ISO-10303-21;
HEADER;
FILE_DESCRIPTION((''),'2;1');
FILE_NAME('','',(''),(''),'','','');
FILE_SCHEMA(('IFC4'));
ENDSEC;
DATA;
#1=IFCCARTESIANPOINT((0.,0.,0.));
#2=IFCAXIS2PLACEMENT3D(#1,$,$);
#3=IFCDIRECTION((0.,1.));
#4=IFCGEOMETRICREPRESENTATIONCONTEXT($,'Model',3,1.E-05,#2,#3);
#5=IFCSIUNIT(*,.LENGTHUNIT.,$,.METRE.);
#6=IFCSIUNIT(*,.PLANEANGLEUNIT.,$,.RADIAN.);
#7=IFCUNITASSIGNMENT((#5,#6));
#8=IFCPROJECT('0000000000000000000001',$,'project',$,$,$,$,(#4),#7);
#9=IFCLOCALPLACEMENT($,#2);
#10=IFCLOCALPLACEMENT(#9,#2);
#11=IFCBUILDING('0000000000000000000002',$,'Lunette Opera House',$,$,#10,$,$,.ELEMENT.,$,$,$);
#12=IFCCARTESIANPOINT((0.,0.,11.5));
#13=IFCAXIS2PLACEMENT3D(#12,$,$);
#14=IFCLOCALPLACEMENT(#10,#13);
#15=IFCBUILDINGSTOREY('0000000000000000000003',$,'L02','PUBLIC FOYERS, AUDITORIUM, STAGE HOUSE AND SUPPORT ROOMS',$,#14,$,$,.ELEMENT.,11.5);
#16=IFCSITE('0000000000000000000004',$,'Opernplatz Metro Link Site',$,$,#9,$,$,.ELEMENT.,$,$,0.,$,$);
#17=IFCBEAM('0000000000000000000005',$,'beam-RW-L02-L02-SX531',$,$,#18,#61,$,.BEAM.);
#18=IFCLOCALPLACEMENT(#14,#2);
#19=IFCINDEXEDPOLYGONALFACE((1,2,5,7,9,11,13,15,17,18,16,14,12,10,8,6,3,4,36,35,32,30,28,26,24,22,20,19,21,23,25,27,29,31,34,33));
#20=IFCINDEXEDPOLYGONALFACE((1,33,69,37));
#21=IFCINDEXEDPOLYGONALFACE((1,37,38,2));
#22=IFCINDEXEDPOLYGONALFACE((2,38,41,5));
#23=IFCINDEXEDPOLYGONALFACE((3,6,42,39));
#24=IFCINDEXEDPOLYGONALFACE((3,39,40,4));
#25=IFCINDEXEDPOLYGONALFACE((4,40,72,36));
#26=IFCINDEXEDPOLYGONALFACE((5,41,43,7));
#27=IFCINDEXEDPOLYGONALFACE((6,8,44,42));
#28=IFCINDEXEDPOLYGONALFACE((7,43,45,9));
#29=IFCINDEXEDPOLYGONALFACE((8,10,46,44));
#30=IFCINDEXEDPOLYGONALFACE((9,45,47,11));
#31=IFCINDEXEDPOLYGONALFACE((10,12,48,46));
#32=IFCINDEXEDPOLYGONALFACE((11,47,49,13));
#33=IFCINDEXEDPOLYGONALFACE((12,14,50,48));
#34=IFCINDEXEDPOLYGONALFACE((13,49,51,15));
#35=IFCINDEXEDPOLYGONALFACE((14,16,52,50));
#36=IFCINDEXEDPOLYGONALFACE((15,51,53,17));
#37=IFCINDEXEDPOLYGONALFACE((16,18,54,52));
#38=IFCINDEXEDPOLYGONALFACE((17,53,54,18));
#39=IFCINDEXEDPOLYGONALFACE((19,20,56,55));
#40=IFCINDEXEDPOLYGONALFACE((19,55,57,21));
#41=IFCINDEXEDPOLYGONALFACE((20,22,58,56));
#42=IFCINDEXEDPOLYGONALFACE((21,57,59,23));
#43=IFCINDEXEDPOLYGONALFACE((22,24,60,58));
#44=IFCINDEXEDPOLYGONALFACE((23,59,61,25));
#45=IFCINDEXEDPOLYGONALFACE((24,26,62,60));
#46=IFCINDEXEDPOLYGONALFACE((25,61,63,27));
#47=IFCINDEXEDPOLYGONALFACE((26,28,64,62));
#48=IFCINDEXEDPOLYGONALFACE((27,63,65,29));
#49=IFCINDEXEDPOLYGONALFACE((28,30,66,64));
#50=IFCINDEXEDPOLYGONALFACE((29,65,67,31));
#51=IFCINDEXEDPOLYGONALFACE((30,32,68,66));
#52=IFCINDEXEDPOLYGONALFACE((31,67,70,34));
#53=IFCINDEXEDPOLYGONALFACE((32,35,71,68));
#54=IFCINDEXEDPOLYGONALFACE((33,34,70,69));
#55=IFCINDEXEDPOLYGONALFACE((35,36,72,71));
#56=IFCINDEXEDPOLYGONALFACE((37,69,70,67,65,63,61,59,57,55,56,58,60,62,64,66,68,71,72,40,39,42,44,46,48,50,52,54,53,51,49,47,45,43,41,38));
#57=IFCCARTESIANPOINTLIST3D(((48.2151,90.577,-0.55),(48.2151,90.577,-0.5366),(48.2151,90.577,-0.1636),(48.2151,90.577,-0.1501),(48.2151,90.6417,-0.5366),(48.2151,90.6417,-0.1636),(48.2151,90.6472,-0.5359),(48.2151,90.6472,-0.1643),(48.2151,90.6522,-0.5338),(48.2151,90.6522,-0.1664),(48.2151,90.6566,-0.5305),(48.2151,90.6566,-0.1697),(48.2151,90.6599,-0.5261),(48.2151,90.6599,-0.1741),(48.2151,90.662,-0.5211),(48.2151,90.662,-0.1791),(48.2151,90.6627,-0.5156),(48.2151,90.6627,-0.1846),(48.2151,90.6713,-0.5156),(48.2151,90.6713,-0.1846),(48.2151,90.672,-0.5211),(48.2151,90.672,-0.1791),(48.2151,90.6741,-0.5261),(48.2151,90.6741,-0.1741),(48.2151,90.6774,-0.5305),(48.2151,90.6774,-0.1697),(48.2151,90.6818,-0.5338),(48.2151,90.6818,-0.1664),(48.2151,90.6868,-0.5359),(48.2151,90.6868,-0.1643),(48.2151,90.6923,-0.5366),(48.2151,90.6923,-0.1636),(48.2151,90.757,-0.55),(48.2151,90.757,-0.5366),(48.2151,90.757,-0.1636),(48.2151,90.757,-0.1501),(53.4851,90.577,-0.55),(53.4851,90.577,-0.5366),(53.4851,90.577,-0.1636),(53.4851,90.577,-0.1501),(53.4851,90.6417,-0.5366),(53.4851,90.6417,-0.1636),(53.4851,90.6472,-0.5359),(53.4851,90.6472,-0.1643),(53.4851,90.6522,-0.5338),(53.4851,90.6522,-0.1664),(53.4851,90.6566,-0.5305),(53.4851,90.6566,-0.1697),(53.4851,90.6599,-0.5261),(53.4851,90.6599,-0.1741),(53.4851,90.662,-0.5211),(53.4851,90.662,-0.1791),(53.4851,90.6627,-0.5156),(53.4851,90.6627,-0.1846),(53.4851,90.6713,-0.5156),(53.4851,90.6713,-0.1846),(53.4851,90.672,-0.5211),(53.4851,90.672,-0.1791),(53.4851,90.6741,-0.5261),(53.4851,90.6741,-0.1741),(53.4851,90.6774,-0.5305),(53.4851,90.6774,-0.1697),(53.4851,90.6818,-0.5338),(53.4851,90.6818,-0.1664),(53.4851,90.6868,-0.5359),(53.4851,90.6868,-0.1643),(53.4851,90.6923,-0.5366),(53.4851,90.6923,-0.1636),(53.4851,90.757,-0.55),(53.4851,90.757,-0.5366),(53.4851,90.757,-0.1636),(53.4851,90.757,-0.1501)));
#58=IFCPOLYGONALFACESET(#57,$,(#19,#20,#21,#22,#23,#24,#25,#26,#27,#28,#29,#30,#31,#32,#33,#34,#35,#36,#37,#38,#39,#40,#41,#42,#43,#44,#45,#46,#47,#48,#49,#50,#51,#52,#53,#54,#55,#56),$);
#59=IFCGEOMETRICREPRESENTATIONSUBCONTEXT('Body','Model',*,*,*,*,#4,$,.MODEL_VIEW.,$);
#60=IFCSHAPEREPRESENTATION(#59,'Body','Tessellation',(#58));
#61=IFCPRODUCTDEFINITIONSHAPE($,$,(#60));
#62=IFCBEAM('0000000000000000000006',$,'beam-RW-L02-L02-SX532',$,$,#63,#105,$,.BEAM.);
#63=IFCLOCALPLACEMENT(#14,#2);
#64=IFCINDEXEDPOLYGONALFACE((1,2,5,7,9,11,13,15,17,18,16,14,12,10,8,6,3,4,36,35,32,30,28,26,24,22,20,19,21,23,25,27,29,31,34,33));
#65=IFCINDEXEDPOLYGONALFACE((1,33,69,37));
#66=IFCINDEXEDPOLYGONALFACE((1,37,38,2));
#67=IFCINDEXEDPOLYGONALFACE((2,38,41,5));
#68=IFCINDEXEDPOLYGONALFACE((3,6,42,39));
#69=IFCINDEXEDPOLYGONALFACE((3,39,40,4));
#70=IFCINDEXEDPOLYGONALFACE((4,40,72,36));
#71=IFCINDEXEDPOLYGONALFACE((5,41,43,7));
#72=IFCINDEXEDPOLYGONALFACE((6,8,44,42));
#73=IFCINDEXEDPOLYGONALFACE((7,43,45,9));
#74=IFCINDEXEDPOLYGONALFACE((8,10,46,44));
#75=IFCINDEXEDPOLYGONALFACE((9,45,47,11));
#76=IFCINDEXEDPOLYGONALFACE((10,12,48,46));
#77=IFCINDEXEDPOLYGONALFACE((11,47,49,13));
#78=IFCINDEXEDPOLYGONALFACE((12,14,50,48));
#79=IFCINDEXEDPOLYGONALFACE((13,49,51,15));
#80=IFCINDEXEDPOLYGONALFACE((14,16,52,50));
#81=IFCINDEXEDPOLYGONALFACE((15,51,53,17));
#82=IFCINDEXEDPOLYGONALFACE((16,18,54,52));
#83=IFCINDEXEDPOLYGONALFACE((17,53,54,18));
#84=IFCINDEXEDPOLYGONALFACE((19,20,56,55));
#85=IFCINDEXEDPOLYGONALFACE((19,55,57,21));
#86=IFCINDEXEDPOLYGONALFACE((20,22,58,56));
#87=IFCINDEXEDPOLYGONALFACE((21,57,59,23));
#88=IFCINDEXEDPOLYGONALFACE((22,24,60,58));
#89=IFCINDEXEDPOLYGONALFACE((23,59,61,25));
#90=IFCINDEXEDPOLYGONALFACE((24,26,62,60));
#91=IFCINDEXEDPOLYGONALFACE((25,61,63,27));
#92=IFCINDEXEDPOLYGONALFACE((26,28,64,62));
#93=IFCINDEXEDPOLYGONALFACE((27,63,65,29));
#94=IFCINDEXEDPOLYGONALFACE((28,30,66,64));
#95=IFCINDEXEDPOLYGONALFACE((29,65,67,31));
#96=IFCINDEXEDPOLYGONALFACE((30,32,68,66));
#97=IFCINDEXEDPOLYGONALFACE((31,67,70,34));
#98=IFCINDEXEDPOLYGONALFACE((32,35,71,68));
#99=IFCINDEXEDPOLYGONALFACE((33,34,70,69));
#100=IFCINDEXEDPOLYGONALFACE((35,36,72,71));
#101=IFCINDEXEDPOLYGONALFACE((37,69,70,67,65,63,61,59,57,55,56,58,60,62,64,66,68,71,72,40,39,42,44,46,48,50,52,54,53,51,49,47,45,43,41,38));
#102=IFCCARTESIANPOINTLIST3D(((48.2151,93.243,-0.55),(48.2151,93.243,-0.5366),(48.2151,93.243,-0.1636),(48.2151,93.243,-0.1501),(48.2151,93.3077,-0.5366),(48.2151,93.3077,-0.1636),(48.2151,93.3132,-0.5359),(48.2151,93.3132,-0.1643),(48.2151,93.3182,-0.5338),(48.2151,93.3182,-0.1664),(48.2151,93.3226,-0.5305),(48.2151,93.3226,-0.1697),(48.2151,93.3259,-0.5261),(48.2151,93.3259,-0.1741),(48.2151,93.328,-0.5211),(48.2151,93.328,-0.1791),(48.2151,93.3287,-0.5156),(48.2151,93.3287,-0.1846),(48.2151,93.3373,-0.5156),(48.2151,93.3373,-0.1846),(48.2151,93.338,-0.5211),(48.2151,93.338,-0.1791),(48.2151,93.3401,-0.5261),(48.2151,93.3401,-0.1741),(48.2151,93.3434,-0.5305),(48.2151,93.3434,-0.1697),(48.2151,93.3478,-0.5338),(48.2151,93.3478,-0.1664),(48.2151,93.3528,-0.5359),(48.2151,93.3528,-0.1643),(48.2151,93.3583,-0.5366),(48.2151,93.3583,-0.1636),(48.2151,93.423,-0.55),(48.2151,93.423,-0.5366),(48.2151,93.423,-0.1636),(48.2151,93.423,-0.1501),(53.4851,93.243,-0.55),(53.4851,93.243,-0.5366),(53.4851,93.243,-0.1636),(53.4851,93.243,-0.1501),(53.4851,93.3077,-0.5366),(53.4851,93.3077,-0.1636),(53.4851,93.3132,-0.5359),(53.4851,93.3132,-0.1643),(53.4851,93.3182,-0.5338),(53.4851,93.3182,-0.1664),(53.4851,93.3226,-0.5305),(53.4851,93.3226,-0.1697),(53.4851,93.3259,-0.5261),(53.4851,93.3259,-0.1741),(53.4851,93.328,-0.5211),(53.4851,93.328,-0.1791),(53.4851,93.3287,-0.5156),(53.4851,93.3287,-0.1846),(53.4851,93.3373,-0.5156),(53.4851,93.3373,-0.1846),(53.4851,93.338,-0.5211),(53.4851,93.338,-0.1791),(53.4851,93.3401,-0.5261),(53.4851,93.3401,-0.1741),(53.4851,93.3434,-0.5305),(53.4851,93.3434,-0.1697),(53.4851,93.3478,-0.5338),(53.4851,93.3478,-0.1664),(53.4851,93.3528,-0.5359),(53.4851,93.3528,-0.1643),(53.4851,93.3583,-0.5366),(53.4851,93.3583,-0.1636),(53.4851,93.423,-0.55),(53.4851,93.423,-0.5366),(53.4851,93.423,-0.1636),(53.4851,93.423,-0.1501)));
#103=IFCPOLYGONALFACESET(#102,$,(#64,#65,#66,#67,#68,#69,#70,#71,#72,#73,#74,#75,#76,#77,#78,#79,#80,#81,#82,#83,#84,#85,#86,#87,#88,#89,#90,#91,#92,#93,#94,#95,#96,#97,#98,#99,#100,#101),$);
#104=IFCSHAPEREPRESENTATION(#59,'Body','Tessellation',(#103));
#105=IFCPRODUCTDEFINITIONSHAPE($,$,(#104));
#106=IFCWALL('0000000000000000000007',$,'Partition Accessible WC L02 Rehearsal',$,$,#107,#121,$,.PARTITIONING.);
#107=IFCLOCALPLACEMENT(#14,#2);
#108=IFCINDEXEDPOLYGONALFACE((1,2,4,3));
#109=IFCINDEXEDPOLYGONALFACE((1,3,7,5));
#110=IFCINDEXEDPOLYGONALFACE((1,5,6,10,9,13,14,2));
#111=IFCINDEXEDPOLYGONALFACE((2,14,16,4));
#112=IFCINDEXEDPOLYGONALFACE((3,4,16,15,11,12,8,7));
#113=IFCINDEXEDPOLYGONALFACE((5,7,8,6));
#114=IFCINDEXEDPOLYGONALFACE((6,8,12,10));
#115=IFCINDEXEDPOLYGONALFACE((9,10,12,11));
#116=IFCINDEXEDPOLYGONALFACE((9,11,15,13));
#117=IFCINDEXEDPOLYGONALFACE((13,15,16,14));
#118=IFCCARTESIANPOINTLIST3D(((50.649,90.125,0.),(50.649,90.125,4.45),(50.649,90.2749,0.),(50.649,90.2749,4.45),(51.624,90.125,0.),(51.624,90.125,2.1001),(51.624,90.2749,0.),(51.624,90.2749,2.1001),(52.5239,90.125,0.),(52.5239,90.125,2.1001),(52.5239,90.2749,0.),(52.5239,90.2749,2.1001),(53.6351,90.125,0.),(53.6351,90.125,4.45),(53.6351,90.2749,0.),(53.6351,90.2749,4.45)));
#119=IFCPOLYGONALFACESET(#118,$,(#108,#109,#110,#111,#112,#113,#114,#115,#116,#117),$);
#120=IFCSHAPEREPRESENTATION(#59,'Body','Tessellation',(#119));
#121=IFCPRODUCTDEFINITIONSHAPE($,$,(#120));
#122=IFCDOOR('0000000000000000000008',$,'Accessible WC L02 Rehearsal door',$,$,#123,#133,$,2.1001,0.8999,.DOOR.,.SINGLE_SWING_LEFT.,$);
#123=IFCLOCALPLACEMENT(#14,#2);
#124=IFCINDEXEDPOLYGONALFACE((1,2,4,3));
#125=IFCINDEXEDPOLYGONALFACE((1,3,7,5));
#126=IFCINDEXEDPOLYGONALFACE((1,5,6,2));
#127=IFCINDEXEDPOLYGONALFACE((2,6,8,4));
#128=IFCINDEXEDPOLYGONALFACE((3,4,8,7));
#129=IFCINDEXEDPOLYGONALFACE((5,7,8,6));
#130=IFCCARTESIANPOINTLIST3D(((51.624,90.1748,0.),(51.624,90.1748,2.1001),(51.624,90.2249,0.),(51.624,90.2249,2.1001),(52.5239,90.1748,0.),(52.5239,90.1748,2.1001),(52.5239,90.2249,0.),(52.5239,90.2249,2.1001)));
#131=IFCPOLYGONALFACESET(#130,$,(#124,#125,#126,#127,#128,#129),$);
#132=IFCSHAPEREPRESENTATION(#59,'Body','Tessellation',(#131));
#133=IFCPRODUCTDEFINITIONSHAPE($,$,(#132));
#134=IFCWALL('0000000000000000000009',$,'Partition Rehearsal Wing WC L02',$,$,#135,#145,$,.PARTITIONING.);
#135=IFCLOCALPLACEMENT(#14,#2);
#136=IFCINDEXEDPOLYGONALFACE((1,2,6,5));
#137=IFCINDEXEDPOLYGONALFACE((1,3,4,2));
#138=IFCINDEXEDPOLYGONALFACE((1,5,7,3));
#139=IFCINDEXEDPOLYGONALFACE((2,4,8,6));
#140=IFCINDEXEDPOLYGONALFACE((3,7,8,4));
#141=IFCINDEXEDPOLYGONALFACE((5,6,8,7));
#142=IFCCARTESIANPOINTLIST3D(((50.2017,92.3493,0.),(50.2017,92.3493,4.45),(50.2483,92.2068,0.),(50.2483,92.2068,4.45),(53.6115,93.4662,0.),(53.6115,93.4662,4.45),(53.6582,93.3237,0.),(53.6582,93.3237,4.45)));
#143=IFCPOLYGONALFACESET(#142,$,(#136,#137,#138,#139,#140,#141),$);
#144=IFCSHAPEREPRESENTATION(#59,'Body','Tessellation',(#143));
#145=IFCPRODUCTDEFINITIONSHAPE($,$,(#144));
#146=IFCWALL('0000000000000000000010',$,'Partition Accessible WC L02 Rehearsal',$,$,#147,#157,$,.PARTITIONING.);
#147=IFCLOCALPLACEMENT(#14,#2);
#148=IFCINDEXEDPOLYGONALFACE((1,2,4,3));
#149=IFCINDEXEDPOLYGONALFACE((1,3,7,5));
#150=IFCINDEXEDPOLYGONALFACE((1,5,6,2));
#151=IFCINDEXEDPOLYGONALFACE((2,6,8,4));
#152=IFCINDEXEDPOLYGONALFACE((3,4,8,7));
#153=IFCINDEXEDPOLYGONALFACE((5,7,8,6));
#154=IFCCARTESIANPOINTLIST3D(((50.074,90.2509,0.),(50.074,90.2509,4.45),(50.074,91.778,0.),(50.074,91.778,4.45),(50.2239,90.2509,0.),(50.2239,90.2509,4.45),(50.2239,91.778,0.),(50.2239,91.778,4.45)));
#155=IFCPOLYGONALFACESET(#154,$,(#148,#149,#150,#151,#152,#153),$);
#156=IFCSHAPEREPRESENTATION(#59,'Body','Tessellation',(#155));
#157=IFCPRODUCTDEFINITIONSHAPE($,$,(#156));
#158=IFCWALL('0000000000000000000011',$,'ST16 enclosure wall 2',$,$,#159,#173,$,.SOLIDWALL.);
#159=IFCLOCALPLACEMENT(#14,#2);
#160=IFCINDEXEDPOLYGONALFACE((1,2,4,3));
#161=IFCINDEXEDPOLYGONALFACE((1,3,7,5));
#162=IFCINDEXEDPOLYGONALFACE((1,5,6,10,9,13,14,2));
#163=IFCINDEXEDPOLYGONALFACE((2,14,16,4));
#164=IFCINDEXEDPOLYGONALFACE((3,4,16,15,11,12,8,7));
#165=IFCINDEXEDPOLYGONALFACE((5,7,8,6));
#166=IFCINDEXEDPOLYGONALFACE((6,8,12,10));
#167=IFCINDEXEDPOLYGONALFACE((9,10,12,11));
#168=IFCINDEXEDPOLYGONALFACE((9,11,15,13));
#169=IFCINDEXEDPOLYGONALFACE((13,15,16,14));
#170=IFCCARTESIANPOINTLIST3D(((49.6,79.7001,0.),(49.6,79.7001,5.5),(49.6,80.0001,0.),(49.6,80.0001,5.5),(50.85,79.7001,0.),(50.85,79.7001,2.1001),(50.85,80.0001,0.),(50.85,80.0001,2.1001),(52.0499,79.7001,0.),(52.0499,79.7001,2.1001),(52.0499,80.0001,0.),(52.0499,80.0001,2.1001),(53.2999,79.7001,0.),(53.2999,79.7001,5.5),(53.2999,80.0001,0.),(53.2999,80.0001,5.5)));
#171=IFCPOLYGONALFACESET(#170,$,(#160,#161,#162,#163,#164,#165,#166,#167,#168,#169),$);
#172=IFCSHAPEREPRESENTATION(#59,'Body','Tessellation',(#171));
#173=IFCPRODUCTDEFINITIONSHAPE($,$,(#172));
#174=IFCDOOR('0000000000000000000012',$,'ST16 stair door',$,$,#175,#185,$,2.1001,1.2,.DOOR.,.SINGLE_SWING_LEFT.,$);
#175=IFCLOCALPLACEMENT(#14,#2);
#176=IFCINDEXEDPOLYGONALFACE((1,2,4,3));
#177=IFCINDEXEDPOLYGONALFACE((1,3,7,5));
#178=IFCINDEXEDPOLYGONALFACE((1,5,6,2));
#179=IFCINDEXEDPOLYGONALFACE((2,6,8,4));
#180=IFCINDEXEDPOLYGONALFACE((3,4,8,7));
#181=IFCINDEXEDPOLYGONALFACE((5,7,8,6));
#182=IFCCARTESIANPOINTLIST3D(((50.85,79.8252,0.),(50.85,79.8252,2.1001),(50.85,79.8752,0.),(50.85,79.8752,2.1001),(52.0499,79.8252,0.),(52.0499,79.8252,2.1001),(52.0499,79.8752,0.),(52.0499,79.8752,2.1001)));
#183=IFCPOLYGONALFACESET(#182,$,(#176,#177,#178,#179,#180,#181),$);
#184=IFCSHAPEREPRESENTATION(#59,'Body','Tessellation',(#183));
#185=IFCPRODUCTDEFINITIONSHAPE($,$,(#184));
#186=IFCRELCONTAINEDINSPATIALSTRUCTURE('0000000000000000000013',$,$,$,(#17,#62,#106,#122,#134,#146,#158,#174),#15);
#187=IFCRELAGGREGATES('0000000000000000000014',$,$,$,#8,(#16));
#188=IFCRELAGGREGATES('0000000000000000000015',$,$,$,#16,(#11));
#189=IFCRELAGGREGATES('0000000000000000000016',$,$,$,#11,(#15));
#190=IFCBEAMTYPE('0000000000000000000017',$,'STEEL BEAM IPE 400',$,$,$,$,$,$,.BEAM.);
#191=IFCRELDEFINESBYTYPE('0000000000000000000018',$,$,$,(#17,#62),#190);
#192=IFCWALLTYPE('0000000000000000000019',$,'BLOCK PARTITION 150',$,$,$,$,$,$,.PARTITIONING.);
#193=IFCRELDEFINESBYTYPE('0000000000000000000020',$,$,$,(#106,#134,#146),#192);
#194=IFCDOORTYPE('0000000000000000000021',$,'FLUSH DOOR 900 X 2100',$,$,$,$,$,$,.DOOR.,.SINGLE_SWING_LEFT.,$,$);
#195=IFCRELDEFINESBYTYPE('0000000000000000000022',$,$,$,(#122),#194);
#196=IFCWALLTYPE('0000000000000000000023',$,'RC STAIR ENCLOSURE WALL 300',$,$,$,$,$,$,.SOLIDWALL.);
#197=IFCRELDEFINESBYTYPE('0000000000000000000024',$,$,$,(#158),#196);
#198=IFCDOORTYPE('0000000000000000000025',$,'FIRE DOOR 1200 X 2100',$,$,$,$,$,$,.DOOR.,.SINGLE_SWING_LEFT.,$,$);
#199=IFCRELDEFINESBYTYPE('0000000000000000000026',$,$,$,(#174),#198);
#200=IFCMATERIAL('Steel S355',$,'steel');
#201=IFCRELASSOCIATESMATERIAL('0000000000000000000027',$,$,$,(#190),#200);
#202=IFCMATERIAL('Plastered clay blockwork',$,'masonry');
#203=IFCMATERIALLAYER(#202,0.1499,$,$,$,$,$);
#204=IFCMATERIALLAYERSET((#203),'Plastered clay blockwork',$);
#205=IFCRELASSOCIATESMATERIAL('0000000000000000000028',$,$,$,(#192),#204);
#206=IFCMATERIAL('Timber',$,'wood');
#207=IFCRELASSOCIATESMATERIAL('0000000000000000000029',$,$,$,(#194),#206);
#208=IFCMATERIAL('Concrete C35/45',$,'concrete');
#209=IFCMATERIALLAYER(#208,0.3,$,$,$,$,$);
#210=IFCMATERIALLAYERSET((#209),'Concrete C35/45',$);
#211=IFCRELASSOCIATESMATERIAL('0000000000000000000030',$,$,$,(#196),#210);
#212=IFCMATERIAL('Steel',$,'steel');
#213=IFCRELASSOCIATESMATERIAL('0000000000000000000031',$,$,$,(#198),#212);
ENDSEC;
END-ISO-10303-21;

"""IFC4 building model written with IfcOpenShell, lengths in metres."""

from ifc_helpers import new_model, si_unit, direction, frame, frame_2d, origin, origin_2d, place, context, subcontext, project, spatial, rectangle, i_section, extrude, material, layer, layer_set, material_profile, profile_set, type_object, element, fill, save


model = new_model("IFC4")

# Units and contexts
model_context = context("Model", 3, precision=1e-05, world=origin(), true_north=direction((0.0, 1.0)))
body_context = subcontext(model_context, "Body", "Model", "MODEL_VIEW")
ifc_project = project(units=[si_unit("LENGTHUNIT", "METRE"), si_unit("PLANEANGLEUNIT", "RADIAN")], contexts=[model_context])

# Site, building, storey
site_placement = place(None, origin())
site = spatial("IfcSite", under=ifc_project, at=site_placement, Name="Opernplatz Metro Link Site", CompositionType="ELEMENT", RefElevation=0.0)
building_placement = place(site_placement, origin())
building = spatial("IfcBuilding", under=site, at=building_placement, Name="Lunette Opera House", CompositionType="ELEMENT")
storey_placement = place(building_placement, frame((0.0, 0.0, 11.5)))
storey = spatial("IfcBuildingStorey", under=building, at=storey_placement, Name="L02", Description="PUBLIC FOYERS, AUDITORIUM, STAGE HOUSE AND SUPPORT ROOMS", CompositionType="ELEMENT", Elevation=11.5)

# Beams
ifc_material_1 = material(Name="Steel S355", Category="steel")
ifc_material_profile_1 = material_profile(ifc_material_1, i_section(OverallWidth=0.1799, OverallDepth=0.3999, WebThickness=0.0085, FlangeThickness=0.0134, FilletRadius=0.021, at=origin_2d()), Name="IPE 400")
ifc_profile_set_1 = profile_set([ifc_material_profile_1], Name="Steel S355")
beam_type_1 = type_object("IfcBeamType", Name="STEEL BEAM IPE 400", PredefinedType="BEAM", material=ifc_profile_set_1)
for number, where, z_axis, x_axis, name in (
    (1, (48.2151, 90.667, -0.3501), (1.0, 0.0, 0.0), (0.0, 1.0, 0.0), "beam-RW-L02-L02-SX531"),
    (2, (48.2151, 93.333, -0.3501), (1.0, 0.0, 0.0), (0.0, 1.0, 0.0), "beam-RW-L02-L02-SX532"),
):
    element("IfcBeam", number, at=place(storey_placement, frame(where, z_axis=z_axis, x_axis=x_axis)), inside=storey, type_object=beam_type_1, Name=name, PredefinedType="BEAM", context=body_context, shape_type="SweptSolid", body=[
        extrude(i_section(OverallWidth=0.1799, OverallDepth=0.3999, WebThickness=0.0085, FlangeThickness=0.0134, FilletRadius=0.021, at=origin_2d()), origin(), (0.0, 0.0, 1.0), 5.27),
    ])

# Wall, opening, door
ifc_material_2 = material(Name="Plastered clay blockwork", Category="masonry")
ifc_layer_1 = layer(ifc_material_2, 0.1499)
ifc_layer_set_1 = layer_set([ifc_layer_1], Name="Plastered clay blockwork")
wall_type_1 = type_object("IfcWallType", Name="BLOCK PARTITION 150", PredefinedType="PARTITIONING", material=ifc_layer_set_1)
wall_1_placement = place(storey_placement, frame((50.6489, 90.2, 0.0), z_axis=(0.0, 0.0, 1.0), x_axis=(1.0, 0.0, 0.0)))
wall_1 = element("IfcWall", 3, at=wall_1_placement, inside=storey, type_object=wall_type_1, Name="Partition Accessible WC L02 Rehearsal", PredefinedType="PARTITIONING", context=body_context, shape_type="SweptSolid", body=[
    extrude(rectangle(XDim=2.9861, YDim=0.1499, at=frame_2d((1.4932, 0.0))), origin(), (0.0, 0.0, 1.0), 4.45),
])
opening_1_placement = place(wall_1_placement, frame((0.9751, 0.0, 0.0)))
opening_1 = element("IfcOpeningElement", 4, at=opening_1_placement, cuts=wall_1, PredefinedType="OPENING", context=body_context, shape_type="SweptSolid", body=[
    extrude(rectangle(XDim=0.8999, YDim=2.1001, at=frame_2d((0.45, 1.05))), frame((0.0, 0.0869, 0.0), z_axis=(0.0, -1.0, 0.0), x_axis=(1.0, 0.0, 0.0)), (0.0, 0.0, 1.0), 0.1738),
])
ifc_material_3 = material(Name="Timber", Category="wood")
door_type_1 = type_object("IfcDoorType", Name="FLUSH DOOR 900 X 2100", OperationType="SINGLE_SWING_LEFT", PredefinedType="DOOR", material=ifc_material_3)
door_1_placement = place(opening_1_placement, origin())
door_1 = element("IfcDoor", 5, at=door_1_placement, inside=storey, type_object=door_type_1, Name="Accessible WC L02 Rehearsal door", OperationType="SINGLE_SWING_LEFT", OverallHeight=2.1001, OverallWidth=0.8999, PredefinedType="DOOR", context=body_context, shape_type="SweptSolid", body=[
    extrude(rectangle(XDim=0.8999, YDim=2.1001, at=frame_2d((0.45, 1.05))), frame((0.0, 0.0249, 0.0), z_axis=(0.0, -1.0, 0.0), x_axis=(1.0, 0.0, 0.0)), (0.0, 0.0, 1.0), 0.05),
])
fill(opening_1, door_1)

# Walls
wall_2_placement = place(storey_placement, frame((50.2251, 92.2781, 0.0), z_axis=(0.0, 0.0, 1.0), x_axis=(0.950317, 0.311284, 0.0)))
element("IfcWall", 6, at=wall_2_placement, inside=storey, type_object=wall_type_1, Name="Partition Rehearsal Wing WC L02", PredefinedType="PARTITIONING", context=body_context, shape_type="SweptSolid", body=[
    extrude(rectangle(XDim=3.5881, YDim=0.1499, at=frame_2d((1.7939, 0.0))), origin(), (0.0, 0.0, 1.0), 4.45),
])
wall_3_placement = place(storey_placement, frame((50.1489, 91.7781, 0.0), z_axis=(0.0, 0.0, 1.0), x_axis=(0.0, -1.0, 0.0)))
element("IfcWall", 7, at=wall_3_placement, inside=storey, type_object=wall_type_1, Name="Partition Accessible WC L02 Rehearsal", PredefinedType="PARTITIONING", context=body_context, shape_type="SweptSolid", body=[
    extrude(rectangle(XDim=1.5271, YDim=0.1499, at=frame_2d((0.7637, 0.0))), origin(), (0.0, 0.0, 1.0), 4.45),
])

# Wall, opening, door
ifc_material_4 = material(Name="Concrete C35/45", Category="concrete")
ifc_layer_2 = layer(ifc_material_4, 0.3)
ifc_layer_set_2 = layer_set([ifc_layer_2], Name="Concrete C35/45")
wall_type_2 = type_object("IfcWallType", Name="RC STAIR ENCLOSURE WALL 300", PredefinedType="SOLIDWALL", material=ifc_layer_set_2)
wall_4_placement = place(storey_placement, frame((53.3, 79.8501, 0.0), z_axis=(0.0, 0.0, 1.0), x_axis=(-1.0, 0.0, 0.0)))
wall_4 = element("IfcWall", 8, at=wall_4_placement, inside=storey, type_object=wall_type_2, Name="ST16 enclosure wall 2", PredefinedType="SOLIDWALL", context=body_context, shape_type="SweptSolid", body=[
    extrude(rectangle(XDim=3.7, YDim=0.3, at=frame_2d((1.8501, 0.0))), origin(), (0.0, 0.0, 1.0), 5.5),
])
opening_2_placement = place(wall_4_placement, frame((1.25, 0.0, 0.0)))
opening_2 = element("IfcOpeningElement", 9, at=opening_2_placement, cuts=wall_4, PredefinedType="OPENING", context=body_context, shape_type="SweptSolid", body=[
    extrude(rectangle(XDim=1.2, YDim=2.1001, at=frame_2d((0.6001, 1.05))), frame((0.0, 0.1621, 0.0), z_axis=(0.0, -1.0, 0.0), x_axis=(1.0, 0.0, 0.0)), (0.0, 0.0, 1.0), 0.324),
])
ifc_material_5 = material(Name="Steel", Category="steel")
door_type_2 = type_object("IfcDoorType", Name="FIRE DOOR 1200 X 2100", OperationType="SINGLE_SWING_LEFT", PredefinedType="DOOR", material=ifc_material_5)
door_2_placement = place(opening_2_placement, origin())
door_2 = element("IfcDoor", 10, at=door_2_placement, inside=storey, type_object=door_type_2, Name="ST16 stair door", OperationType="SINGLE_SWING_LEFT", OverallHeight=2.1001, OverallWidth=1.2, PredefinedType="DOOR", context=body_context, shape_type="SweptSolid", body=[
    extrude(rectangle(XDim=1.2, YDim=2.1001, at=frame_2d((0.6001, 1.05))), frame((0.0, 0.0249, 0.0), z_axis=(0.0, -1.0, 0.0), x_axis=(1.0, 0.0, 0.0)), (0.0, 0.0, 1.0), 0.05),
])
fill(opening_2, door_2)

save(model, "model.ifc")
